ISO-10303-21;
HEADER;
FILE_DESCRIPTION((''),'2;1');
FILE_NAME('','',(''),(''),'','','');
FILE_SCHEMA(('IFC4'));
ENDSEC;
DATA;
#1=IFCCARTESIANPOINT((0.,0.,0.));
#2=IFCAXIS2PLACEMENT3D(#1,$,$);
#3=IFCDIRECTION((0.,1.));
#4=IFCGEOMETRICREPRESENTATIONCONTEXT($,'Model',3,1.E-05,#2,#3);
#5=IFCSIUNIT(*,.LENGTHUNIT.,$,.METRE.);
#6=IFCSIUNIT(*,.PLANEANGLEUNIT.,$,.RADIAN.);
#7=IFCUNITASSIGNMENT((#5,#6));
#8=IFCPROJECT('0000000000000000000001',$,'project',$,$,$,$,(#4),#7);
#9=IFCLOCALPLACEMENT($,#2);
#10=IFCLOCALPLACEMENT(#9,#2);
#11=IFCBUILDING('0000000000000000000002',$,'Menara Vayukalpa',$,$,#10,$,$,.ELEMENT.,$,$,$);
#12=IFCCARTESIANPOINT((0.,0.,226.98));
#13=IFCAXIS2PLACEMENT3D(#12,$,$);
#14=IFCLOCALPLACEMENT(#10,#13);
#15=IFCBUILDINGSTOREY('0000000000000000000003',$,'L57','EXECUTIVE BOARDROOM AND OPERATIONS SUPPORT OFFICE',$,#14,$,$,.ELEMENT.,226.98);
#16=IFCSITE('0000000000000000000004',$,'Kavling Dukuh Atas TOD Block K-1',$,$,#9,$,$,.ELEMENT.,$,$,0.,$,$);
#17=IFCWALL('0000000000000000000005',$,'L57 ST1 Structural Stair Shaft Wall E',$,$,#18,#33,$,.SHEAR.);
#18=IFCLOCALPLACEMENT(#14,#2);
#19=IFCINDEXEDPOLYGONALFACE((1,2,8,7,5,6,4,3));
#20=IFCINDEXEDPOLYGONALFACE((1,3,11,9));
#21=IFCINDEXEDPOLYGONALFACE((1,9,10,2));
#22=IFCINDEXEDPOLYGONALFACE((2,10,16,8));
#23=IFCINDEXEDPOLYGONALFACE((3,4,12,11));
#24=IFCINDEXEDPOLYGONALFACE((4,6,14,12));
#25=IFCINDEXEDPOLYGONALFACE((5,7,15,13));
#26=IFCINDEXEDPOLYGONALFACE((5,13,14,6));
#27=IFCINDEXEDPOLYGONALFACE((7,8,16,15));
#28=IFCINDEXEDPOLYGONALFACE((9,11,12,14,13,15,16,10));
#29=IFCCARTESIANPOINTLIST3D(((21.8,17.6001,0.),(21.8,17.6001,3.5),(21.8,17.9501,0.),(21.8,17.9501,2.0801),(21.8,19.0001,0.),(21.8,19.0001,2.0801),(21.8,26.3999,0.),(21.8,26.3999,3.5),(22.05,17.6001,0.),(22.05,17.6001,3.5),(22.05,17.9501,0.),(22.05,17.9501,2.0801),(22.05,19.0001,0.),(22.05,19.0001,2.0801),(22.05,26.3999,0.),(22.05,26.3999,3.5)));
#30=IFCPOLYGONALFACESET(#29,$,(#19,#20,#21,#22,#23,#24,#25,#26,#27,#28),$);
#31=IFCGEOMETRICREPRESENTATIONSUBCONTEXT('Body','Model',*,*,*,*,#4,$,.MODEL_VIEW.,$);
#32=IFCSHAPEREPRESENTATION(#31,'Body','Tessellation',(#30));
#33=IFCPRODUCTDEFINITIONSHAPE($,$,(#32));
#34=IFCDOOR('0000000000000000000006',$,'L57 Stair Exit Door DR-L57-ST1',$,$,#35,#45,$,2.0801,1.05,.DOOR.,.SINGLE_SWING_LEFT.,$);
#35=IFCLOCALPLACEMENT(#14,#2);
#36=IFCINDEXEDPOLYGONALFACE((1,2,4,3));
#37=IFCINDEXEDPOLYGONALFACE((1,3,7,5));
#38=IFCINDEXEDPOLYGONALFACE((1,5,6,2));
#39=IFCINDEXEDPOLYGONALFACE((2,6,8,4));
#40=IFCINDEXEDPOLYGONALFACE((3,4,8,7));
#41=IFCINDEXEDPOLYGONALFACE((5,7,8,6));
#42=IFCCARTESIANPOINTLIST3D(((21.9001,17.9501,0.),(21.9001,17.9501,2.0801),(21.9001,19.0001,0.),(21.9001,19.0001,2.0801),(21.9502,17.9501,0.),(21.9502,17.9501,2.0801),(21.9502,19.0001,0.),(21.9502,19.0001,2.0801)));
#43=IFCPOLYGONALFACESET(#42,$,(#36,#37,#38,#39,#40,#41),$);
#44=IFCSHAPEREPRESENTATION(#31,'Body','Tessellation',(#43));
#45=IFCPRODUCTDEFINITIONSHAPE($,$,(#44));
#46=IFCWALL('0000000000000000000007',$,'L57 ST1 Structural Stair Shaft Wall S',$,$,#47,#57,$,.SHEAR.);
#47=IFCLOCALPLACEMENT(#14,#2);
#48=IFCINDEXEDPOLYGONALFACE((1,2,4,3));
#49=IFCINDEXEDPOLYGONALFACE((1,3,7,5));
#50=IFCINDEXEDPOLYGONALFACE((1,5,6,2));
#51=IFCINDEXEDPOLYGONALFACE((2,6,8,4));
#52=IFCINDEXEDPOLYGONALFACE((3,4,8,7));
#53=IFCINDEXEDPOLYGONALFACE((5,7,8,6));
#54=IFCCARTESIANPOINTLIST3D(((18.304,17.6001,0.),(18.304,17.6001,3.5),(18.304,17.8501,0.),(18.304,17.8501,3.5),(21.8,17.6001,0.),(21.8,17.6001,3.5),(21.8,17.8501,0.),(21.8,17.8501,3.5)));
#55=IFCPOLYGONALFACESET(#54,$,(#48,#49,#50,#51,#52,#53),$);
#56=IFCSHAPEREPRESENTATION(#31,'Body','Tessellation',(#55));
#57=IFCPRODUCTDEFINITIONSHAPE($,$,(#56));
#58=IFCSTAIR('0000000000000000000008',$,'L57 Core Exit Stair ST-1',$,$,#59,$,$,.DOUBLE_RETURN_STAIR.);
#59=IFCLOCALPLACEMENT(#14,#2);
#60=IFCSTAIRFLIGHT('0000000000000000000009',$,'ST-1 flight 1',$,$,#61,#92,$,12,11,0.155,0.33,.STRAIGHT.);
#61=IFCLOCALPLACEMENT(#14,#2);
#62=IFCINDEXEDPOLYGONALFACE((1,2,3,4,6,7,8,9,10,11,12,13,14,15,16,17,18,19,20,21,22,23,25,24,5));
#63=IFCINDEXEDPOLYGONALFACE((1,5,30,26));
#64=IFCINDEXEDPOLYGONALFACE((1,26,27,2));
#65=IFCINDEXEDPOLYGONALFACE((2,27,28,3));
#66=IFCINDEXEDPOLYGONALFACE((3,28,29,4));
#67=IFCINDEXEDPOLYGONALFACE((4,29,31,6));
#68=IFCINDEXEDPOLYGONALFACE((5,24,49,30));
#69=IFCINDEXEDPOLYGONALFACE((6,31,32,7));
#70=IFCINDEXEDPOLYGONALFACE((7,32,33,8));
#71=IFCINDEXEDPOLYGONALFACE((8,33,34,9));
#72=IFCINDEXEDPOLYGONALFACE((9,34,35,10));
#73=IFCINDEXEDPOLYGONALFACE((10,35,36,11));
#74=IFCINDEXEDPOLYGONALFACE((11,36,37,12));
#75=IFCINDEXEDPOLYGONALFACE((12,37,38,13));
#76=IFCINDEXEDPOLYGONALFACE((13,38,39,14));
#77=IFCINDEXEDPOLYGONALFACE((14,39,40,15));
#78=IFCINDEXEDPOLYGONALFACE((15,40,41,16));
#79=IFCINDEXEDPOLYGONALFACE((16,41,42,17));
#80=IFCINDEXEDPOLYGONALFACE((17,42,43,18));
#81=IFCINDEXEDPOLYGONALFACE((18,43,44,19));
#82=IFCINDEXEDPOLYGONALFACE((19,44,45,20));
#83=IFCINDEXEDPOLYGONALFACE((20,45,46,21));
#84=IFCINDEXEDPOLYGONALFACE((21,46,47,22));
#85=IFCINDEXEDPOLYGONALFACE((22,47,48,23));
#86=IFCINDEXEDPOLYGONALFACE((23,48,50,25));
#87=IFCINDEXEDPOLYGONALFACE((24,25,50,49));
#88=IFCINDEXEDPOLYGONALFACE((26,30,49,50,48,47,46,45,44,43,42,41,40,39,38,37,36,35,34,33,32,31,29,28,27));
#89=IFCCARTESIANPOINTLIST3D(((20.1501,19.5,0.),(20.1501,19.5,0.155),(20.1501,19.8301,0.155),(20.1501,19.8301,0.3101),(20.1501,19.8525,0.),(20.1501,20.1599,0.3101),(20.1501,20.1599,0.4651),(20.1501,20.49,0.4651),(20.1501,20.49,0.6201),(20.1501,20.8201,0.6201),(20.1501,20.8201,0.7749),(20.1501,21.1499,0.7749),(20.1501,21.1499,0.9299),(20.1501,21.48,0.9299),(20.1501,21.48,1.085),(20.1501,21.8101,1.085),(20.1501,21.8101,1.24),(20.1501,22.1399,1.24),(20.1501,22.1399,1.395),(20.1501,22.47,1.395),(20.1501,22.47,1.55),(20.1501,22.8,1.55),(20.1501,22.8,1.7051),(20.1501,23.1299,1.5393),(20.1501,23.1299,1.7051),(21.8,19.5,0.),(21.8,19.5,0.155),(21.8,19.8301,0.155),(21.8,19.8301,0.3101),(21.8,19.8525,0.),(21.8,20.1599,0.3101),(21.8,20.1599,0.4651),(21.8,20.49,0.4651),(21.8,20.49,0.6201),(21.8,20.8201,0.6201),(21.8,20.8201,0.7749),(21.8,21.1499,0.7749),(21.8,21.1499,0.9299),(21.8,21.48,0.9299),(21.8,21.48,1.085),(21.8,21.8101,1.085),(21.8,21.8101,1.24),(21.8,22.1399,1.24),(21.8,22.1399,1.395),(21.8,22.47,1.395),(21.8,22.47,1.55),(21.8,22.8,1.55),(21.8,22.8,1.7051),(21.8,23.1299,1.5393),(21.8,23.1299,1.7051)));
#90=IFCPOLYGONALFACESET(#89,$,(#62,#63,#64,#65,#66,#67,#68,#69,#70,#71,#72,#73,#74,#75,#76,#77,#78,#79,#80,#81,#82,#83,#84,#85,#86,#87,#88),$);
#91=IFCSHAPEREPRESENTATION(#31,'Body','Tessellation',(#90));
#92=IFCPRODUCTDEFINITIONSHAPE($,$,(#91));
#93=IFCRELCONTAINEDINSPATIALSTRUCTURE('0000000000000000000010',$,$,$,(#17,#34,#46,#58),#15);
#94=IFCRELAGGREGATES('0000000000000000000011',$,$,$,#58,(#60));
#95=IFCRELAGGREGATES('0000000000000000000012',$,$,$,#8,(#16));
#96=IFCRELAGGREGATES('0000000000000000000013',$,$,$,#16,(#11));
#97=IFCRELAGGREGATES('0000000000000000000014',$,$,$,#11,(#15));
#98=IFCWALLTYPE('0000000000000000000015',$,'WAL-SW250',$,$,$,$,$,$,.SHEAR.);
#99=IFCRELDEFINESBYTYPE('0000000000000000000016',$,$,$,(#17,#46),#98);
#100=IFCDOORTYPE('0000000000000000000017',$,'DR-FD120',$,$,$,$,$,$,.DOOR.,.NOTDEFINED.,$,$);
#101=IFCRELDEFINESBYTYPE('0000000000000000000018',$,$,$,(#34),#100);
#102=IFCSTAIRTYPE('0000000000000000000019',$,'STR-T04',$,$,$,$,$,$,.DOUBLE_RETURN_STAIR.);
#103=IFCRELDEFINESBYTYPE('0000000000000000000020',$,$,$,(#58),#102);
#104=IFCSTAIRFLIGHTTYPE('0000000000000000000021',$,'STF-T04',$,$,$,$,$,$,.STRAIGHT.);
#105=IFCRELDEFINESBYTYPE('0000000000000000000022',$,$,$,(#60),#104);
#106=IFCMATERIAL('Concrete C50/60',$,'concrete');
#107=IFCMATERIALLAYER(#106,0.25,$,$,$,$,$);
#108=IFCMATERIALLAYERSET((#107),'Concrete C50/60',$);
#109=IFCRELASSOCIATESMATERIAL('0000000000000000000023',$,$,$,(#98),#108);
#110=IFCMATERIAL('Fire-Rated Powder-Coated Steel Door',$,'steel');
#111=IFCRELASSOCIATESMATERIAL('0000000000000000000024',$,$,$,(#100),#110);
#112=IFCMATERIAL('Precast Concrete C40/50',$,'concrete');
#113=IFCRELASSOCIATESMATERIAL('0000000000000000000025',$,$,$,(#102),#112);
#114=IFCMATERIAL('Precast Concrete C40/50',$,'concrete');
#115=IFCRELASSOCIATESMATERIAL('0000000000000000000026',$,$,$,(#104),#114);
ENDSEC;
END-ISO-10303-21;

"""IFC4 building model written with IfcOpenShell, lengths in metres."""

from ifc_helpers import new_model, si_unit, direction, frame, frame_2d, origin, place, context, subcontext, project, spatial, polyline, rectangle, outline, extrude, material, layer, layer_set, type_object, element, fill, aggregate, save


model = new_model("IFC4")

# Units and contexts
model_context = context("Model", 3, precision=1e-05, world=origin(), true_north=direction((0.0, 1.0)))
body_context = subcontext(model_context, "Body", "Model", "MODEL_VIEW")
ifc_project = project(units=[si_unit("LENGTHUNIT", "METRE"), si_unit("PLANEANGLEUNIT", "RADIAN")], contexts=[model_context])

# Site, building, storey
site_placement = place(None, origin())
site = spatial("IfcSite", under=ifc_project, at=site_placement, Name="Kavling Dukuh Atas TOD Block K-1", CompositionType="ELEMENT", RefElevation=0.0)
building_placement = place(site_placement, origin())
building = spatial("IfcBuilding", under=site, at=building_placement, Name="Menara Vayukalpa", CompositionType="ELEMENT")
storey_placement = place(building_placement, frame((0.0, 0.0, 226.98)))
storey = spatial("IfcBuildingStorey", under=building, at=storey_placement, Name="L57", Description="EXECUTIVE BOARDROOM AND OPERATIONS SUPPORT OFFICE", CompositionType="ELEMENT", Elevation=226.98)

# Shared definitions
ifc_material_1 = material(Name="Concrete C50/60", Category="concrete")
ifc_layer_1 = layer(ifc_material_1, 0.25)
ifc_layer_set_1 = layer_set([ifc_layer_1], Name="Concrete C50/60")
wall_type_1 = type_object("IfcWallType", Name="WAL-SW250", PredefinedType="SHEAR", material=ifc_layer_set_1)

# Wall, opening, door
wall_1_placement = place(storey_placement, frame((21.925, 17.6001, 0.0), z_axis=(0.0, 0.0, 1.0), x_axis=(0.0, 1.0, 0.0)))
wall_1 = element("IfcWall", 1, at=wall_1_placement, inside=storey, type_object=wall_type_1, Name="L57 ST1 Structural Stair Shaft Wall E", PredefinedType="SHEAR", context=body_context, shape_type="SweptSolid", body=[
    extrude(rectangle(XDim=8.7998, YDim=0.25, at=frame_2d((4.3999, 0.0))), origin(), (0.0, 0.0, 1.0), 3.5),
])
opening_1_placement = place(wall_1_placement, frame((0.3501, 0.0, 0.0)))
opening_1 = element("IfcOpeningElement", 2, at=opening_1_placement, cuts=wall_1, PredefinedType="OPENING", context=body_context, shape_type="SweptSolid", body=[
    extrude(rectangle(XDim=1.05, YDim=2.0801, at=frame_2d((0.5249, 1.04))), frame((0.0, 0.135, 0.0), z_axis=(0.0, -1.0, 0.0), x_axis=(1.0, 0.0, 0.0)), (0.0, 0.0, 1.0), 0.27),
])
ifc_material_2 = material(Name="Fire-Rated Powder-Coated Steel Door", Category="steel")
door_type_1 = type_object("IfcDoorType", Name="DR-FD120", OperationType="NOTDEFINED", PredefinedType="DOOR", material=ifc_material_2)
door_1_placement = place(opening_1_placement, origin())
door_1 = element("IfcDoor", 3, at=door_1_placement, inside=storey, type_object=door_type_1, Name="L57 Stair Exit Door DR-L57-ST1", OperationType="SINGLE_SWING_LEFT", OverallHeight=2.0801, OverallWidth=1.05, PredefinedType="DOOR", context=body_context, shape_type="SweptSolid", body=[
    extrude(rectangle(XDim=1.05, YDim=2.0801, at=frame_2d((0.5249, 1.04))), frame((0.0, 0.0249, 0.0), z_axis=(0.0, -1.0, 0.0), x_axis=(1.0, 0.0, 0.0)), (0.0, 0.0, 1.0), 0.05),
])
fill(opening_1, door_1)

# Wall
wall_2_placement = place(storey_placement, frame((18.304, 17.7251, 0.0), z_axis=(0.0, 0.0, 1.0), x_axis=(1.0, 0.0, 0.0)))
element("IfcWall", 4, at=wall_2_placement, inside=storey, type_object=wall_type_1, Name="L57 ST1 Structural Stair Shaft Wall S", PredefinedType="SHEAR", context=body_context, shape_type="SweptSolid", body=[
    extrude(rectangle(XDim=3.4961, YDim=0.25, at=frame_2d((1.748, 0.0))), origin(), (0.0, 0.0, 1.0), 3.5),
])

# Stair, stair flight
ifc_material_3 = material(Name="Precast Concrete C40/50", Category="concrete")
stair_type = type_object("IfcStairType", Name="STR-T04", PredefinedType="DOUBLE_RETURN_STAIR", material=ifc_material_3)
stair_placement = place(storey_placement, origin())
stair = element("IfcStair", 5, at=stair_placement, inside=storey, type_object=stair_type, Name="L57 Core Exit Stair ST-1", PredefinedType="DOUBLE_RETURN_STAIR")
ifc_material_4 = material(Name="Precast Concrete C40/50", Category="concrete")
stair_flight_type = type_object("IfcStairFlightType", Name="STF-T04", PredefinedType="STRAIGHT", material=ifc_material_4)
stair_flight_placement = place(storey_placement, frame((20.9751, 19.5, 0.0), z_axis=(0.0, 0.0, 1.0), x_axis=(0.0, 1.0, 0.0)))
stair_flight = element("IfcStairFlight", 6, at=stair_flight_placement, type_object=stair_flight_type, Name="ST-1 flight 1", NumberOfRisers=12, NumberOfTreads=11, PredefinedType="STRAIGHT", RiserHeight=0.155, TreadLength=0.33, context=body_context, shape_type="SweptSolid", body=[
    extrude(outline(polyline([(0.0, 0.0), (0.0, 0.155), (0.3301, 0.155), (0.3301, 0.3101), (0.6599, 0.3101), (0.6599, 0.4651), (0.99, 0.4651), (0.99, 0.6201), (1.3201, 0.6201), (1.3201, 0.7749), (1.6499, 0.7749), (1.6499, 0.9299), (1.98, 0.9299), (1.98, 1.085), (2.3101, 1.085), (2.3101, 1.24), (2.6399, 1.24), (2.6399, 1.395), (2.97, 1.395), (2.97, 1.55), (3.3, 1.55), (3.3, 1.7051), (3.6299, 1.7051), (3.6299, 1.8601), (3.6299, 1.5393), (0.3525, 0.0), (0.0, 0.0)])), frame((0.0, 0.825, 0.0), z_axis=(0.0, -1.0, 0.0), x_axis=(1.0, 0.0, 0.0)), (0.0, 0.0, 1.0), 1.6499),
])
aggregate(stair, [stair_flight])

save(model, "model.ifc")
